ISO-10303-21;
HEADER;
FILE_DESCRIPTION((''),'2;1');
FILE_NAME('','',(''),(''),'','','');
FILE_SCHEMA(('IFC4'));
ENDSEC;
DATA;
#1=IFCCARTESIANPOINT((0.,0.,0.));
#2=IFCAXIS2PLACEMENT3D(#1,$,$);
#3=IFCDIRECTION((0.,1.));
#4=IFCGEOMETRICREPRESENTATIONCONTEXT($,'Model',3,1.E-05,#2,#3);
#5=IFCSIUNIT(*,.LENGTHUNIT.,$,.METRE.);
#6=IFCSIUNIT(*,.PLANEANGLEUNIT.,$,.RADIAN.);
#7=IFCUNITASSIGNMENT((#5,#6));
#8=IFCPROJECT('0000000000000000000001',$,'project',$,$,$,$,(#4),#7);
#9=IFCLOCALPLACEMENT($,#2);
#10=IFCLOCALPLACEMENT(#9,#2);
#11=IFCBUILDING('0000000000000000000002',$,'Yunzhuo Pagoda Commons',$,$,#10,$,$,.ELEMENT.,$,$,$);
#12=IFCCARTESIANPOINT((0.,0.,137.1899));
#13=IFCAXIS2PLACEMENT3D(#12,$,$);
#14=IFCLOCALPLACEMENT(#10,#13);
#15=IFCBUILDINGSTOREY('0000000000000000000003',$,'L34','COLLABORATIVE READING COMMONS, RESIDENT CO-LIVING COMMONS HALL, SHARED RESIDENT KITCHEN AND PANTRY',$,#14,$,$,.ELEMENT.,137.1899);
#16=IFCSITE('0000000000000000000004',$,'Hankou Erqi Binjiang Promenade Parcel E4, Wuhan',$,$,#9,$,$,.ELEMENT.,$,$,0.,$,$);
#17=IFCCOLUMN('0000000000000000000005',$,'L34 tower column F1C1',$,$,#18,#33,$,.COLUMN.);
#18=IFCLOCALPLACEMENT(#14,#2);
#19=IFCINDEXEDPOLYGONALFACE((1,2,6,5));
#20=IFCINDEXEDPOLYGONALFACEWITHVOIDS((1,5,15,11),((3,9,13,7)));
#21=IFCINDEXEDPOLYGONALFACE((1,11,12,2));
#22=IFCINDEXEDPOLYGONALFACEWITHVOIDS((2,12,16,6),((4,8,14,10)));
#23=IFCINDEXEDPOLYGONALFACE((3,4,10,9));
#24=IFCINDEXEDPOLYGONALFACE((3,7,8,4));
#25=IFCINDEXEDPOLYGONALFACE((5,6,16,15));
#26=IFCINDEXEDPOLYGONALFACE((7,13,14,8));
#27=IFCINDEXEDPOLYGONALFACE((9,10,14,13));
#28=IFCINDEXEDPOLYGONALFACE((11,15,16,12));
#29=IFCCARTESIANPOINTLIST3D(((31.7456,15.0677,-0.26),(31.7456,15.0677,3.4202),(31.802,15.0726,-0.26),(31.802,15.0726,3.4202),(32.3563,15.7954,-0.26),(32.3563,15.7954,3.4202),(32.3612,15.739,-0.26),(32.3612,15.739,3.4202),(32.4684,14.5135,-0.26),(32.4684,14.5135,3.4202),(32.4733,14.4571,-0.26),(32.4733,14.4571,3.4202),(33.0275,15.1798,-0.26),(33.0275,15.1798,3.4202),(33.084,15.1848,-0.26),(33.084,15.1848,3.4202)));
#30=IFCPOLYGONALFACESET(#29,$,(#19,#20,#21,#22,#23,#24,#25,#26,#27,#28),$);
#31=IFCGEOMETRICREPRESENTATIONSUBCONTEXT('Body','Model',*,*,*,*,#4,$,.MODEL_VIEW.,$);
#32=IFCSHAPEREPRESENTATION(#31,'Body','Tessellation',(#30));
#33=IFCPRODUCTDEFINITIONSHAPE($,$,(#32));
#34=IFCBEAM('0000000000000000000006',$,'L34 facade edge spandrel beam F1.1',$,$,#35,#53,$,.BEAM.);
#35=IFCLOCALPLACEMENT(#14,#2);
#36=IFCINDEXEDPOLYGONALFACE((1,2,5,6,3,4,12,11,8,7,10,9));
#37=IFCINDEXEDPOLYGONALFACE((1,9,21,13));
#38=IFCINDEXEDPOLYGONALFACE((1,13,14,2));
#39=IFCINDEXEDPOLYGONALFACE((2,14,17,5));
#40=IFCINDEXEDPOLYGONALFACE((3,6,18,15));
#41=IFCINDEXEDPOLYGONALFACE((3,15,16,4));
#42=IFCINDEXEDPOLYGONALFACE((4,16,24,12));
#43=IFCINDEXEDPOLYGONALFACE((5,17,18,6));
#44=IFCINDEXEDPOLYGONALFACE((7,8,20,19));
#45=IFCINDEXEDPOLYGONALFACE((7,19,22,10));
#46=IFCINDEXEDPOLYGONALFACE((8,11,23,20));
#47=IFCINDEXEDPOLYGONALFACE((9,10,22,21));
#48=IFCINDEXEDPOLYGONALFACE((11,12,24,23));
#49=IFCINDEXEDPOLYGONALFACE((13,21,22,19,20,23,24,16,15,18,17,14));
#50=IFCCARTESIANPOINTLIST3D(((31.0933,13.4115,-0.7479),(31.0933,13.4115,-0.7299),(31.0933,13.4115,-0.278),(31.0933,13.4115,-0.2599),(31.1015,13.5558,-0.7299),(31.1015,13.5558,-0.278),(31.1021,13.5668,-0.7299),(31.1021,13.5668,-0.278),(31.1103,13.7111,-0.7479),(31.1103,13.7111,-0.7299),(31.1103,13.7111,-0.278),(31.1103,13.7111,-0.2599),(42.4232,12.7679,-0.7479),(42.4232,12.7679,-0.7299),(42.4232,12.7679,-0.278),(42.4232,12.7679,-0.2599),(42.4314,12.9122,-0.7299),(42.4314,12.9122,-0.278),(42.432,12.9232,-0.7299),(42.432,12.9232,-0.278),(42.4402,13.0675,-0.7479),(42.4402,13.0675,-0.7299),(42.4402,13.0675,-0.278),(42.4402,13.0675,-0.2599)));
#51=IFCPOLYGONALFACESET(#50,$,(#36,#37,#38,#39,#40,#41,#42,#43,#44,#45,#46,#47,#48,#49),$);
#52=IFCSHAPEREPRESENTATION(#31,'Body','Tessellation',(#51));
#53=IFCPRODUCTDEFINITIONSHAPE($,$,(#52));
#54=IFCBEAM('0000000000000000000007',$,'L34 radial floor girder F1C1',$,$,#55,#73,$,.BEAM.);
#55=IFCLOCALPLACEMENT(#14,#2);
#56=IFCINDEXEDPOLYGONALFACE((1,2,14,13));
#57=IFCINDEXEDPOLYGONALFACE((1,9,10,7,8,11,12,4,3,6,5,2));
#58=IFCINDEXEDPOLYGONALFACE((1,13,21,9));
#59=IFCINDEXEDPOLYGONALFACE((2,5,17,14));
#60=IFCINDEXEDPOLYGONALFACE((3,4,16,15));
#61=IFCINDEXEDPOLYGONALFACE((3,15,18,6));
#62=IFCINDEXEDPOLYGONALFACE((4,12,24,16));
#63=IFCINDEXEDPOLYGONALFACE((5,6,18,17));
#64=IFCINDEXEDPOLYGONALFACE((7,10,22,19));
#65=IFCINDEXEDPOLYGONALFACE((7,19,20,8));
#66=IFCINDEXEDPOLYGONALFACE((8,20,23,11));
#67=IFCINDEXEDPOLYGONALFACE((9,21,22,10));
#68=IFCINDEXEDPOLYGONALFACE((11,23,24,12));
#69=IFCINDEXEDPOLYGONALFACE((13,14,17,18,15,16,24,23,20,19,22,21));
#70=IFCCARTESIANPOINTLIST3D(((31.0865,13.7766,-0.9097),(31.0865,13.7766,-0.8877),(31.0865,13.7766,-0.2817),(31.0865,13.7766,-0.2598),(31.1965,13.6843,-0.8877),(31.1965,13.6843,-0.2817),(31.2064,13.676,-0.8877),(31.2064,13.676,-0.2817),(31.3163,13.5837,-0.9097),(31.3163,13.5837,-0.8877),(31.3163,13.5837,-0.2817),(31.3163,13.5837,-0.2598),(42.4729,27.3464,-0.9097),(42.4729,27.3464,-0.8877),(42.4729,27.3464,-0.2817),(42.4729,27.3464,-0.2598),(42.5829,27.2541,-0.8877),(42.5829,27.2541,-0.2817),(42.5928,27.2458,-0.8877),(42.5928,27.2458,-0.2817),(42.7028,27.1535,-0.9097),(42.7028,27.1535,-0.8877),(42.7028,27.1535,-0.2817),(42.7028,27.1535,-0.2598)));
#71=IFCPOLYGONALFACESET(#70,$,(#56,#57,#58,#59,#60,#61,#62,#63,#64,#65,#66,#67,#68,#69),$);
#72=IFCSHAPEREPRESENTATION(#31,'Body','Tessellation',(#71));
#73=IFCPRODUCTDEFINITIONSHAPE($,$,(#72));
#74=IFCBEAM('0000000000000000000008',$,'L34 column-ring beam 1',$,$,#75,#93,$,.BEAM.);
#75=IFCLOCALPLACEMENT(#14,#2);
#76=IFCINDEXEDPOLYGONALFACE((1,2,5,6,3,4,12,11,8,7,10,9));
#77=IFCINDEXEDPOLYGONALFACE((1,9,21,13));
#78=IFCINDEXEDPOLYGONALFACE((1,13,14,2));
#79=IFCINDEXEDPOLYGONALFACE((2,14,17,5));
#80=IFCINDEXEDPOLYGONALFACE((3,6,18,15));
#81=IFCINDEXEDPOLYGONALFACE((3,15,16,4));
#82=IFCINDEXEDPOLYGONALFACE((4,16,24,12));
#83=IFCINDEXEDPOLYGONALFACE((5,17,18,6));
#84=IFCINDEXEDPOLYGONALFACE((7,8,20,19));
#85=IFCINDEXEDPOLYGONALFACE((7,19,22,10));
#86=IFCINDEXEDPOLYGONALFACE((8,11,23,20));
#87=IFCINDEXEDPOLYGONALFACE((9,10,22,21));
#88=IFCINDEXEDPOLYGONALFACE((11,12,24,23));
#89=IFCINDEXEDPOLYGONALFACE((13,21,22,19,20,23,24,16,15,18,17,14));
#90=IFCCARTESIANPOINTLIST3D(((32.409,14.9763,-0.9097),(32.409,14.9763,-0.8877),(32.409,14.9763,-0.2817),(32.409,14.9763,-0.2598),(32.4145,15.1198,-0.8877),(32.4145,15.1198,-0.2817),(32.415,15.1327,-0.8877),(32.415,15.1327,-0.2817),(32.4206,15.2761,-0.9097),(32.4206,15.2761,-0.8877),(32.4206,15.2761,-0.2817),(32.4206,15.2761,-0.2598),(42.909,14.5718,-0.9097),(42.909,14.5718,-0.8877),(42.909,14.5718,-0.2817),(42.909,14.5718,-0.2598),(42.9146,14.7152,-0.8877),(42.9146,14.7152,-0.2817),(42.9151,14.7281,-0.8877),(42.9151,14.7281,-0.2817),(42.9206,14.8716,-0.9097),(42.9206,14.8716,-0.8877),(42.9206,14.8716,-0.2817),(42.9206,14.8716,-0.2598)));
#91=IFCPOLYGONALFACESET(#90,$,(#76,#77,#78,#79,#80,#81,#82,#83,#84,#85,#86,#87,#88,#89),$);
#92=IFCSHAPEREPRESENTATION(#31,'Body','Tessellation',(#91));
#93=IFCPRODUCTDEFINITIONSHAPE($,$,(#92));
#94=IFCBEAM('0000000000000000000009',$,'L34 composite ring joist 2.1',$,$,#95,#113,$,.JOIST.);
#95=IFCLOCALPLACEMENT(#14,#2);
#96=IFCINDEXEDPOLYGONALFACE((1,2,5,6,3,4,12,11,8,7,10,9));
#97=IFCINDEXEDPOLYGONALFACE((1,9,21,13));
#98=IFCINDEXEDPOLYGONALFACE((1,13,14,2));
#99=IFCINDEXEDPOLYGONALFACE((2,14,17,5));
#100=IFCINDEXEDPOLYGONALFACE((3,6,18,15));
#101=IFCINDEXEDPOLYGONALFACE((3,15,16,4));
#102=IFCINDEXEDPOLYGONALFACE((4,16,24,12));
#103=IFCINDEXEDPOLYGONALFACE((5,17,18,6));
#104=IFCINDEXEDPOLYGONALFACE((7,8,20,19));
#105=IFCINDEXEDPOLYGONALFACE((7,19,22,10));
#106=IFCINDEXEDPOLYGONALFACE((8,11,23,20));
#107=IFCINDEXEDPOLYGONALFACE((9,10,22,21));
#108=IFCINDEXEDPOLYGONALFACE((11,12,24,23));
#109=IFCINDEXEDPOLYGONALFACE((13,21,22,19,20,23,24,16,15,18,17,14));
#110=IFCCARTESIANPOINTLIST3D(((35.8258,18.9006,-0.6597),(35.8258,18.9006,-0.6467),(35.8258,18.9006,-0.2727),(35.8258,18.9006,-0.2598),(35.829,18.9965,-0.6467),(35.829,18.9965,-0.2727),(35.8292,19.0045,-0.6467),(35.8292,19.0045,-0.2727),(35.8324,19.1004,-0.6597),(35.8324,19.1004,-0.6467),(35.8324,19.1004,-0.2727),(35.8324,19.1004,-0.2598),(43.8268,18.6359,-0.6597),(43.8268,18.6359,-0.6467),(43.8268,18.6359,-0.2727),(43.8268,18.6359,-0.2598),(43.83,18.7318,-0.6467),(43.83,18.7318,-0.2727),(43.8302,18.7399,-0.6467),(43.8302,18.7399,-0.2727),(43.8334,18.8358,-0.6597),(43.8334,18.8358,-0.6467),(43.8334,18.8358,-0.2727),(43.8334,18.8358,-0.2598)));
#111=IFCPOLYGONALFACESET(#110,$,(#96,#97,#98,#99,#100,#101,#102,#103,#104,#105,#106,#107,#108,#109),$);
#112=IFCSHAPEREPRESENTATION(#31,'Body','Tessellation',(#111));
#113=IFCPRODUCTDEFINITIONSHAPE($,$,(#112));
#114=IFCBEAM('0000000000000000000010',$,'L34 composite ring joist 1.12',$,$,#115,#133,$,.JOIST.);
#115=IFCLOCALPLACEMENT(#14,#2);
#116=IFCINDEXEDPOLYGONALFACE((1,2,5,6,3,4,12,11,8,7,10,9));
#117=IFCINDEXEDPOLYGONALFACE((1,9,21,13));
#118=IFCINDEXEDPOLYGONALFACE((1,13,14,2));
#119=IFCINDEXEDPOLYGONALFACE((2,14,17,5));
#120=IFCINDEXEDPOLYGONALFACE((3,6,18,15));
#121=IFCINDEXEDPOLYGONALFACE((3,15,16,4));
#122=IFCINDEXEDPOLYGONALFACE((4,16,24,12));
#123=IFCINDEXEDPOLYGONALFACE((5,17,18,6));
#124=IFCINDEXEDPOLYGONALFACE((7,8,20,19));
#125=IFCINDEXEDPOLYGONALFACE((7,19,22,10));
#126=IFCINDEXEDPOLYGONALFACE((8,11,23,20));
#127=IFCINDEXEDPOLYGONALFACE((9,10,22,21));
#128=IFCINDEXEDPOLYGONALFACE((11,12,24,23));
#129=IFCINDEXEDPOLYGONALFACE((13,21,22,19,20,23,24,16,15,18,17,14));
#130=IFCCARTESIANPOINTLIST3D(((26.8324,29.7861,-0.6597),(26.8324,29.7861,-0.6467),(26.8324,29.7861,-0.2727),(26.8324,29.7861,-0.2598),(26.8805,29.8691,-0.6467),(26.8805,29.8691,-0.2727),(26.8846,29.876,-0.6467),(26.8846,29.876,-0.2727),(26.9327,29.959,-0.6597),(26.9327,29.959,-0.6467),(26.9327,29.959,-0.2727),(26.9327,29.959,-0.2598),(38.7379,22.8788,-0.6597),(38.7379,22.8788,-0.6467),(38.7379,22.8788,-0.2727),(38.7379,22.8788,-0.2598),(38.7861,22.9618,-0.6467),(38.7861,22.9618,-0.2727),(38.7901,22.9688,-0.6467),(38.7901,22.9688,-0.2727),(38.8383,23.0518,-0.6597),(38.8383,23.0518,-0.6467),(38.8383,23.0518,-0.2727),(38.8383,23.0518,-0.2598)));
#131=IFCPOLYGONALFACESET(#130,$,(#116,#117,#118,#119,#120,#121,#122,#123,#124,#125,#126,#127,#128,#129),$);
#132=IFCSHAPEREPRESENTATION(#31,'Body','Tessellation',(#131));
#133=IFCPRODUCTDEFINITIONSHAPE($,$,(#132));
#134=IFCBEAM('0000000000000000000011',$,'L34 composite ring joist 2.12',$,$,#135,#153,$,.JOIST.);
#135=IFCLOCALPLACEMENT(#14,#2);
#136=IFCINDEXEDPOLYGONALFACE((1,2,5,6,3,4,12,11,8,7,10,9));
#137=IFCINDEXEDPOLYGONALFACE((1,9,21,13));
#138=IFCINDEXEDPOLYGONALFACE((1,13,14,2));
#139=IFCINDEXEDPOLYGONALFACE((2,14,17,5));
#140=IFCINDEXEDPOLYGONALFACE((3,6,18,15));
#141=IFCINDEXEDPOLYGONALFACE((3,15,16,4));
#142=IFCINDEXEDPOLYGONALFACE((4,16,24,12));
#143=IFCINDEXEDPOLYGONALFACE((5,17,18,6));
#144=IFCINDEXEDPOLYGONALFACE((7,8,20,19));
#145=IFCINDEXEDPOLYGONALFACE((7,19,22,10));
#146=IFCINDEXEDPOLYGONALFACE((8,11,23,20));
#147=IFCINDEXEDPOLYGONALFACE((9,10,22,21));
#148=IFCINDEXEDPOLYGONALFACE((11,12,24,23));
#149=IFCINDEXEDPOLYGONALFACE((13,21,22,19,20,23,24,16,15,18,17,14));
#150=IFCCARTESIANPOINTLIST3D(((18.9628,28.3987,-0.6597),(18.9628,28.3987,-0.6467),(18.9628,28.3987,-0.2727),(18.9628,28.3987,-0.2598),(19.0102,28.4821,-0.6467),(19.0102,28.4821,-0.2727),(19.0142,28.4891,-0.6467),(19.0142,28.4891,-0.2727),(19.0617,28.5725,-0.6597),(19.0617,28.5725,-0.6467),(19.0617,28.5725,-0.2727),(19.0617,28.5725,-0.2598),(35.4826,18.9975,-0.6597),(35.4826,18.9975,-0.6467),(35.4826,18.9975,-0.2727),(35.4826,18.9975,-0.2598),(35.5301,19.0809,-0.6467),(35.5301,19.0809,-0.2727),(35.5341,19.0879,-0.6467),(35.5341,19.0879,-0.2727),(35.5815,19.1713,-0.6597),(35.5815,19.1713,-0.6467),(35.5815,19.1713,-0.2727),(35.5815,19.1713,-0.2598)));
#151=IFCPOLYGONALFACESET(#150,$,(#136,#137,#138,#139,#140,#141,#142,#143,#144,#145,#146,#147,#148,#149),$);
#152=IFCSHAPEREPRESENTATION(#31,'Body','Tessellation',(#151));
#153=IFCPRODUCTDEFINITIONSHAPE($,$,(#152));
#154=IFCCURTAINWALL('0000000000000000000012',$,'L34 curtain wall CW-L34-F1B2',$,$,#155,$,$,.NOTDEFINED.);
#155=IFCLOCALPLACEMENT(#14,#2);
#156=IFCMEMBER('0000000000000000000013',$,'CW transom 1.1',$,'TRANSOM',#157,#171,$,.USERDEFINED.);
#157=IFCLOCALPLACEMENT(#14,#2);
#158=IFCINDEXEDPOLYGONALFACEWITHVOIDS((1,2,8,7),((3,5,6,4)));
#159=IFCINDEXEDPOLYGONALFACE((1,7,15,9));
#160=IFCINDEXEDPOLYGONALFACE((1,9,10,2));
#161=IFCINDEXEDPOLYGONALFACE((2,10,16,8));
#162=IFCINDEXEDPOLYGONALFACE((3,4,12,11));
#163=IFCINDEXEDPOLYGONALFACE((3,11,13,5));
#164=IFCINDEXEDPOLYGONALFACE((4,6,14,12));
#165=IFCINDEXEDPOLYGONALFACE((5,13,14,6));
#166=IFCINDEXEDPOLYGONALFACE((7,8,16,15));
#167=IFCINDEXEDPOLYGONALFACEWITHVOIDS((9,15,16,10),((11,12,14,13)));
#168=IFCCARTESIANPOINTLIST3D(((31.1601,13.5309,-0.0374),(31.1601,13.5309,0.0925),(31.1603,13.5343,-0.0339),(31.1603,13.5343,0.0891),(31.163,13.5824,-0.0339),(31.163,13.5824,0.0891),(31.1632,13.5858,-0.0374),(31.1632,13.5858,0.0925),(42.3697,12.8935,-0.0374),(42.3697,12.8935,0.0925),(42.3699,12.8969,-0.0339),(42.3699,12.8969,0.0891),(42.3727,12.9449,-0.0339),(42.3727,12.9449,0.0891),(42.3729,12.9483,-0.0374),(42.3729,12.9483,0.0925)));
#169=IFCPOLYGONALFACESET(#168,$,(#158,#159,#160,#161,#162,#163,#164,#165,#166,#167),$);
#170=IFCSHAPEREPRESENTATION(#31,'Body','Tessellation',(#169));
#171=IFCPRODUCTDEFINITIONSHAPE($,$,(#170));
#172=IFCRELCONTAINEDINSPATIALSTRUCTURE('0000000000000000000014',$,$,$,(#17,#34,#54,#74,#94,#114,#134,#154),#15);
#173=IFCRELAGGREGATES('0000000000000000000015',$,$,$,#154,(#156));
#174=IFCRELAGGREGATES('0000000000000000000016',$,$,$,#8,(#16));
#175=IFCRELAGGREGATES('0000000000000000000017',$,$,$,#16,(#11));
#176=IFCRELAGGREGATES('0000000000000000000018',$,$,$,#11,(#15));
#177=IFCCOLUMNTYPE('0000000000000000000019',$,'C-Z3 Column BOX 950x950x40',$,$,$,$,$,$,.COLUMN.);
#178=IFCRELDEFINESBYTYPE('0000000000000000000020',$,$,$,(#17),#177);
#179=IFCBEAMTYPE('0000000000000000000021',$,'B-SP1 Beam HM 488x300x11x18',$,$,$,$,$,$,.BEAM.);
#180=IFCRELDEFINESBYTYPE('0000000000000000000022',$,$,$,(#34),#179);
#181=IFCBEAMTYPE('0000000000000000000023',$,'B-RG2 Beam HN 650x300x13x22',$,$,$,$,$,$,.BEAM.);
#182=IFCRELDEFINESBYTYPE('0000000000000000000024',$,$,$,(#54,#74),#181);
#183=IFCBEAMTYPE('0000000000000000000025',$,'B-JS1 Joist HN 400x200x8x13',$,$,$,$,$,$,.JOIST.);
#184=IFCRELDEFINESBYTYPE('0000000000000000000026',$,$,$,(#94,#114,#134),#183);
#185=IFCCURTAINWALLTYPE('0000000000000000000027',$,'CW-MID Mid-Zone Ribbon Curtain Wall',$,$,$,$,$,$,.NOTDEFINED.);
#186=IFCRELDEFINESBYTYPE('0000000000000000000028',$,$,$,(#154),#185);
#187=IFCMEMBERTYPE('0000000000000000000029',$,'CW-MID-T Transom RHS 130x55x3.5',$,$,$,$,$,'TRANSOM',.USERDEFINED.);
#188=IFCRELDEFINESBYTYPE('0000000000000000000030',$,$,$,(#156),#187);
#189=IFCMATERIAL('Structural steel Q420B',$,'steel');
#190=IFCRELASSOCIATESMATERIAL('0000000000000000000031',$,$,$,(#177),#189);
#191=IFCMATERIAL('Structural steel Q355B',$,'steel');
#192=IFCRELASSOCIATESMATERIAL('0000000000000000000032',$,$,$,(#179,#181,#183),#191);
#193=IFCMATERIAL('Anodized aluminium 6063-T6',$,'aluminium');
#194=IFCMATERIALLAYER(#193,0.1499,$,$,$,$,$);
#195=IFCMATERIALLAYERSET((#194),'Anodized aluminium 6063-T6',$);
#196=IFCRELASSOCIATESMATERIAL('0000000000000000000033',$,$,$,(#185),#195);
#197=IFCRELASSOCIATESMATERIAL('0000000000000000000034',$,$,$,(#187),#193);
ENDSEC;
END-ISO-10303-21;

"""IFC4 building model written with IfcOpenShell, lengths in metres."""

from ifc_helpers import new_model, si_unit, direction, frame, origin, origin_2d, place, context, subcontext, project, spatial, hollow_rectangle, i_section, extrude, source, transform, mapped, material, layer, layer_set, material_profile, profile_set, type_object, element, aggregate, save


model = new_model("IFC4")

# Units and contexts
model_context = context("Model", 3, precision=1e-05, world=origin(), true_north=direction((0.0, 1.0)))
body_context = subcontext(model_context, "Body", "Model", "MODEL_VIEW")
ifc_project = project(units=[si_unit("LENGTHUNIT", "METRE"), si_unit("PLANEANGLEUNIT", "RADIAN")], contexts=[model_context])

# Site, building, storey
site_placement = place(None, origin())
site = spatial("IfcSite", under=ifc_project, at=site_placement, Name="Hankou Erqi Binjiang Promenade Parcel E4, Wuhan", CompositionType="ELEMENT", RefElevation=0.0)
building_placement = place(site_placement, origin())
building = spatial("IfcBuilding", under=site, at=building_placement, Name="Yunzhuo Pagoda Commons", CompositionType="ELEMENT")
storey_placement = place(building_placement, frame((0.0, 0.0, 137.1899)))
storey = spatial("IfcBuildingStorey", under=building, at=storey_placement, Name="L34", Description="COLLABORATIVE READING COMMONS, RESIDENT CO-LIVING COMMONS HALL, SHARED RESIDENT KITCHEN AND PANTRY", CompositionType="ELEMENT", Elevation=137.1899)

# Column
ifc_material_1 = material(Name="Structural steel Q420B", Category="steel")
ifc_material_profile_1 = material_profile(ifc_material_1, hollow_rectangle(XDim=0.95, YDim=0.95, WallThickness=0.04, at=origin_2d()), Name="Structural steel Q420B")
ifc_profile_set_1 = profile_set([ifc_material_profile_1], Name="Structural steel Q420B")
column_type = type_object("IfcColumnType", Name="C-Z3 Column BOX 950x950x40", PredefinedType="COLUMN", material=ifc_profile_set_1)
shared_shape_1 = source(origin(), body_context, "Body", "SweptSolid", [
    extrude(hollow_rectangle(XDim=0.95, YDim=0.95, WallThickness=0.04, at=origin_2d()), origin(), (0.0, 0.0, 1.0), 3.6802),
])
column_placement = place(storey_placement, frame((32.4148, 15.1262, -0.26), z_axis=(0.0, 0.0, 1.0), x_axis=(0.766044, -0.642788, 0.0)))
element("IfcColumn", 1, at=column_placement, inside=storey, type_object=column_type, Name="L34 tower column F1C1", PredefinedType="COLUMN", context=body_context, shape_type="MappedRepresentation", body=[
    mapped(shared_shape_1, transform((0.0, 0.0, 0.0), scale=1.0)),
])

# Beams
ifc_material_2 = material(Name="Structural steel Q355B", Category="steel")
ifc_material_profile_2 = material_profile(ifc_material_2, i_section(OverallWidth=0.3, OverallDepth=0.488, WebThickness=0.011, FlangeThickness=0.0181, at=origin_2d()), Name="Structural steel Q355B")
ifc_profile_set_2 = profile_set([ifc_material_profile_2], Name="Structural steel Q355B")
beam_type_1 = type_object("IfcBeamType", Name="B-SP1 Beam HM 488x300x11x18", PredefinedType="BEAM", material=ifc_profile_set_2)
shared_shape_2 = source(origin(), body_context, "Body", "SweptSolid", [
    extrude(i_section(OverallWidth=0.3, OverallDepth=0.488, WebThickness=0.011, FlangeThickness=0.0181, at=origin_2d()), origin(), (0.0, 0.0, 1.0), 11.3481),
])
beam_1_placement = place(storey_placement, frame((31.1018, 13.5613, -0.5039), z_axis=(0.998391, -0.05671, 0.0), x_axis=(0.05671, 0.998391, 0.0)))
element("IfcBeam", 2, at=beam_1_placement, inside=storey, type_object=beam_type_1, Name="L34 facade edge spandrel beam F1.1", PredefinedType="BEAM", context=body_context, shape_type="MappedRepresentation", body=[
    mapped(shared_shape_2, transform((0.0, 0.0, 0.0), scale=1.0)),
])
ifc_material_profile_3 = material_profile(ifc_material_2, i_section(OverallWidth=0.3, OverallDepth=0.6499, WebThickness=0.0129, FlangeThickness=0.022, at=origin_2d()), Name="Structural steel Q355B")
ifc_profile_set_3 = profile_set([ifc_material_profile_3], Name="Structural steel Q355B")
beam_type_2 = type_object("IfcBeamType", Name="B-RG2 Beam HN 650x300x13x22", PredefinedType="BEAM", material=ifc_profile_set_3)
shared_shape_3 = source(origin(), body_context, "Body", "SweptSolid", [
    extrude(i_section(OverallWidth=0.3, OverallDepth=0.6499, WebThickness=0.0129, FlangeThickness=0.022, at=origin_2d()), origin(), (0.0, 0.0, 1.0), 17.7141),
])
beam_2_placement = place(storey_placement, frame((31.2014, 13.6802, -0.5847), z_axis=(0.642789, 0.766043, 0.0), x_axis=(-0.766043, 0.642789, 0.0)))
element("IfcBeam", 3, at=beam_2_placement, inside=storey, type_object=beam_type_2, Name="L34 radial floor girder F1C1", PredefinedType="BEAM", context=body_context, shape_type="MappedRepresentation", body=[
    mapped(shared_shape_3, transform((0.0, 0.0, 0.0), scale=1.0)),
])
shared_shape_4 = source(origin(), body_context, "Body", "SweptSolid", [
    extrude(i_section(OverallWidth=0.3, OverallDepth=0.6499, WebThickness=0.0129, FlangeThickness=0.022, at=origin_2d()), origin(), (0.0, 0.0, 1.0), 10.5078),
])
beam_3_placement = place(storey_placement, frame((32.4148, 15.1262, -0.5847), z_axis=(0.999259, -0.038499, 0.0), x_axis=(0.038499, 0.999259, 0.0)))
element("IfcBeam", 4, at=beam_3_placement, inside=storey, type_object=beam_type_2, Name="L34 column-ring beam 1", PredefinedType="BEAM", context=body_context, shape_type="MappedRepresentation", body=[
    mapped(shared_shape_4, transform((0.0, 0.0, 0.0), scale=1.0)),
])
ifc_material_profile_4 = material_profile(ifc_material_2, i_section(OverallWidth=0.2, OverallDepth=0.3999, WebThickness=0.0081, FlangeThickness=0.0129, at=origin_2d()), Name="Structural steel Q355B")
ifc_profile_set_4 = profile_set([ifc_material_profile_4], Name="Structural steel Q355B")
beam_type_3 = type_object("IfcBeamType", Name="B-JS1 Joist HN 400x200x8x13", PredefinedType="JOIST", material=ifc_profile_set_4)
shared_shape_5 = source(origin(), body_context, "Body", "SweptSolid", [
    extrude(i_section(OverallWidth=0.2, OverallDepth=0.3999, WebThickness=0.0081, FlangeThickness=0.0129, at=origin_2d()), origin(), (0.0, 0.0, 1.0), 8.0054),
])
beam_4_placement = place(storey_placement, frame((35.8291, 19.0005, -0.4597), z_axis=(0.999453, -0.033059, 0.0), x_axis=(0.033059, 0.999453, 0.0)))
element("IfcBeam", 5, at=beam_4_placement, inside=storey, type_object=beam_type_3, Name="L34 composite ring joist 2.1", PredefinedType="JOIST", context=body_context, shape_type="MappedRepresentation", body=[
    mapped(shared_shape_5, transform((0.0, 0.0, 0.0), scale=1.0)),
])
shared_shape_6 = source(origin(), body_context, "Body", "SweptSolid", [
    extrude(i_section(OverallWidth=0.2, OverallDepth=0.3999, WebThickness=0.0081, FlangeThickness=0.0129, at=origin_2d()), origin(), (0.0, 0.0, 1.0), 13.7642),
])
beam_5_placement = place(storey_placement, frame((26.8826, 29.8726, -0.4597), z_axis=(0.864967, -0.501828, 0.0), x_axis=(0.501828, 0.864967, 0.0)))
element("IfcBeam", 6, at=beam_5_placement, inside=storey, type_object=beam_type_3, Name="L34 composite ring joist 1.12", PredefinedType="JOIST", context=body_context, shape_type="MappedRepresentation", body=[
    mapped(shared_shape_6, transform((0.0, 0.0, 0.0), scale=1.0)),
])
shared_shape_7 = source(origin(), body_context, "Body", "SweptSolid", [
    extrude(i_section(OverallWidth=0.2, OverallDepth=0.3999, WebThickness=0.0081, FlangeThickness=0.0129, at=origin_2d()), origin(), (0.0, 0.0, 1.0), 19.0076),
])
beam_6_placement = place(storey_placement, frame((19.0122, 28.4856, -0.4597), z_axis=(0.86912, -0.494601, 0.0), x_axis=(0.494601, 0.86912, 0.0)))
element("IfcBeam", 7, at=beam_6_placement, inside=storey, type_object=beam_type_3, Name="L34 composite ring joist 2.12", PredefinedType="JOIST", context=body_context, shape_type="MappedRepresentation", body=[
    mapped(shared_shape_7, transform((0.0, 0.0, 0.0), scale=1.0)),
])

# Curtain wall, member
ifc_material_3 = material(Name="Anodized aluminium 6063-T6", Category="aluminium")
ifc_layer_1 = layer(ifc_material_3, 0.1499)
ifc_layer_set_1 = layer_set([ifc_layer_1], Name="Anodized aluminium 6063-T6")
curtain_wall_type_1 = type_object("IfcCurtainWallType", Name="CW-MID Mid-Zone Ribbon Curtain Wall", PredefinedType="NOTDEFINED", material=ifc_layer_set_1)
curtain_wall_1_placement = place(storey_placement, origin())
curtain_wall_1 = element("IfcCurtainWall", 8, at=curtain_wall_1_placement, inside=storey, type_object=curtain_wall_type_1, Name="L34 curtain wall CW-L34-F1B2", PredefinedType="NOTDEFINED")
ifc_material_profile_5 = material_profile(ifc_material_3, hollow_rectangle(XDim=0.0549, YDim=0.1299, WallThickness=0.0034, at=origin_2d()), Name="Anodized aluminium 6063-T6")
ifc_profile_set_5 = profile_set([ifc_material_profile_5], Name="Anodized aluminium 6063-T6")
member_type_1 = type_object("IfcMemberType", Name="CW-MID-T Transom RHS 130x55x3.5", ElementType="TRANSOM", PredefinedType="USERDEFINED", material=ifc_profile_set_5)
shared_shape_8 = source(origin(), body_context, "Body", "SweptSolid", [
    extrude(hollow_rectangle(XDim=0.0549, YDim=0.1299, WallThickness=0.0034, at=origin_2d()), origin(), (0.0, 0.0, 1.0), 11.2278),
])
member_1_placement = place(storey_placement, frame((31.1616, 13.5583, 0.0276), z_axis=(0.998387, -0.056774, 0.0), x_axis=(0.056774, 0.998387, 0.0)))
member_1 = element("IfcMember", 9, at=member_1_placement, type_object=member_type_1, Name="CW transom 1.1", ObjectType="TRANSOM", PredefinedType="USERDEFINED", context=body_context, shape_type="MappedRepresentation", body=[
    mapped(shared_shape_8, transform((0.0, 0.0, 0.0), scale=1.0)),
])

aggregate(curtain_wall_1, [member_1])

save(model, "model.ifc")
